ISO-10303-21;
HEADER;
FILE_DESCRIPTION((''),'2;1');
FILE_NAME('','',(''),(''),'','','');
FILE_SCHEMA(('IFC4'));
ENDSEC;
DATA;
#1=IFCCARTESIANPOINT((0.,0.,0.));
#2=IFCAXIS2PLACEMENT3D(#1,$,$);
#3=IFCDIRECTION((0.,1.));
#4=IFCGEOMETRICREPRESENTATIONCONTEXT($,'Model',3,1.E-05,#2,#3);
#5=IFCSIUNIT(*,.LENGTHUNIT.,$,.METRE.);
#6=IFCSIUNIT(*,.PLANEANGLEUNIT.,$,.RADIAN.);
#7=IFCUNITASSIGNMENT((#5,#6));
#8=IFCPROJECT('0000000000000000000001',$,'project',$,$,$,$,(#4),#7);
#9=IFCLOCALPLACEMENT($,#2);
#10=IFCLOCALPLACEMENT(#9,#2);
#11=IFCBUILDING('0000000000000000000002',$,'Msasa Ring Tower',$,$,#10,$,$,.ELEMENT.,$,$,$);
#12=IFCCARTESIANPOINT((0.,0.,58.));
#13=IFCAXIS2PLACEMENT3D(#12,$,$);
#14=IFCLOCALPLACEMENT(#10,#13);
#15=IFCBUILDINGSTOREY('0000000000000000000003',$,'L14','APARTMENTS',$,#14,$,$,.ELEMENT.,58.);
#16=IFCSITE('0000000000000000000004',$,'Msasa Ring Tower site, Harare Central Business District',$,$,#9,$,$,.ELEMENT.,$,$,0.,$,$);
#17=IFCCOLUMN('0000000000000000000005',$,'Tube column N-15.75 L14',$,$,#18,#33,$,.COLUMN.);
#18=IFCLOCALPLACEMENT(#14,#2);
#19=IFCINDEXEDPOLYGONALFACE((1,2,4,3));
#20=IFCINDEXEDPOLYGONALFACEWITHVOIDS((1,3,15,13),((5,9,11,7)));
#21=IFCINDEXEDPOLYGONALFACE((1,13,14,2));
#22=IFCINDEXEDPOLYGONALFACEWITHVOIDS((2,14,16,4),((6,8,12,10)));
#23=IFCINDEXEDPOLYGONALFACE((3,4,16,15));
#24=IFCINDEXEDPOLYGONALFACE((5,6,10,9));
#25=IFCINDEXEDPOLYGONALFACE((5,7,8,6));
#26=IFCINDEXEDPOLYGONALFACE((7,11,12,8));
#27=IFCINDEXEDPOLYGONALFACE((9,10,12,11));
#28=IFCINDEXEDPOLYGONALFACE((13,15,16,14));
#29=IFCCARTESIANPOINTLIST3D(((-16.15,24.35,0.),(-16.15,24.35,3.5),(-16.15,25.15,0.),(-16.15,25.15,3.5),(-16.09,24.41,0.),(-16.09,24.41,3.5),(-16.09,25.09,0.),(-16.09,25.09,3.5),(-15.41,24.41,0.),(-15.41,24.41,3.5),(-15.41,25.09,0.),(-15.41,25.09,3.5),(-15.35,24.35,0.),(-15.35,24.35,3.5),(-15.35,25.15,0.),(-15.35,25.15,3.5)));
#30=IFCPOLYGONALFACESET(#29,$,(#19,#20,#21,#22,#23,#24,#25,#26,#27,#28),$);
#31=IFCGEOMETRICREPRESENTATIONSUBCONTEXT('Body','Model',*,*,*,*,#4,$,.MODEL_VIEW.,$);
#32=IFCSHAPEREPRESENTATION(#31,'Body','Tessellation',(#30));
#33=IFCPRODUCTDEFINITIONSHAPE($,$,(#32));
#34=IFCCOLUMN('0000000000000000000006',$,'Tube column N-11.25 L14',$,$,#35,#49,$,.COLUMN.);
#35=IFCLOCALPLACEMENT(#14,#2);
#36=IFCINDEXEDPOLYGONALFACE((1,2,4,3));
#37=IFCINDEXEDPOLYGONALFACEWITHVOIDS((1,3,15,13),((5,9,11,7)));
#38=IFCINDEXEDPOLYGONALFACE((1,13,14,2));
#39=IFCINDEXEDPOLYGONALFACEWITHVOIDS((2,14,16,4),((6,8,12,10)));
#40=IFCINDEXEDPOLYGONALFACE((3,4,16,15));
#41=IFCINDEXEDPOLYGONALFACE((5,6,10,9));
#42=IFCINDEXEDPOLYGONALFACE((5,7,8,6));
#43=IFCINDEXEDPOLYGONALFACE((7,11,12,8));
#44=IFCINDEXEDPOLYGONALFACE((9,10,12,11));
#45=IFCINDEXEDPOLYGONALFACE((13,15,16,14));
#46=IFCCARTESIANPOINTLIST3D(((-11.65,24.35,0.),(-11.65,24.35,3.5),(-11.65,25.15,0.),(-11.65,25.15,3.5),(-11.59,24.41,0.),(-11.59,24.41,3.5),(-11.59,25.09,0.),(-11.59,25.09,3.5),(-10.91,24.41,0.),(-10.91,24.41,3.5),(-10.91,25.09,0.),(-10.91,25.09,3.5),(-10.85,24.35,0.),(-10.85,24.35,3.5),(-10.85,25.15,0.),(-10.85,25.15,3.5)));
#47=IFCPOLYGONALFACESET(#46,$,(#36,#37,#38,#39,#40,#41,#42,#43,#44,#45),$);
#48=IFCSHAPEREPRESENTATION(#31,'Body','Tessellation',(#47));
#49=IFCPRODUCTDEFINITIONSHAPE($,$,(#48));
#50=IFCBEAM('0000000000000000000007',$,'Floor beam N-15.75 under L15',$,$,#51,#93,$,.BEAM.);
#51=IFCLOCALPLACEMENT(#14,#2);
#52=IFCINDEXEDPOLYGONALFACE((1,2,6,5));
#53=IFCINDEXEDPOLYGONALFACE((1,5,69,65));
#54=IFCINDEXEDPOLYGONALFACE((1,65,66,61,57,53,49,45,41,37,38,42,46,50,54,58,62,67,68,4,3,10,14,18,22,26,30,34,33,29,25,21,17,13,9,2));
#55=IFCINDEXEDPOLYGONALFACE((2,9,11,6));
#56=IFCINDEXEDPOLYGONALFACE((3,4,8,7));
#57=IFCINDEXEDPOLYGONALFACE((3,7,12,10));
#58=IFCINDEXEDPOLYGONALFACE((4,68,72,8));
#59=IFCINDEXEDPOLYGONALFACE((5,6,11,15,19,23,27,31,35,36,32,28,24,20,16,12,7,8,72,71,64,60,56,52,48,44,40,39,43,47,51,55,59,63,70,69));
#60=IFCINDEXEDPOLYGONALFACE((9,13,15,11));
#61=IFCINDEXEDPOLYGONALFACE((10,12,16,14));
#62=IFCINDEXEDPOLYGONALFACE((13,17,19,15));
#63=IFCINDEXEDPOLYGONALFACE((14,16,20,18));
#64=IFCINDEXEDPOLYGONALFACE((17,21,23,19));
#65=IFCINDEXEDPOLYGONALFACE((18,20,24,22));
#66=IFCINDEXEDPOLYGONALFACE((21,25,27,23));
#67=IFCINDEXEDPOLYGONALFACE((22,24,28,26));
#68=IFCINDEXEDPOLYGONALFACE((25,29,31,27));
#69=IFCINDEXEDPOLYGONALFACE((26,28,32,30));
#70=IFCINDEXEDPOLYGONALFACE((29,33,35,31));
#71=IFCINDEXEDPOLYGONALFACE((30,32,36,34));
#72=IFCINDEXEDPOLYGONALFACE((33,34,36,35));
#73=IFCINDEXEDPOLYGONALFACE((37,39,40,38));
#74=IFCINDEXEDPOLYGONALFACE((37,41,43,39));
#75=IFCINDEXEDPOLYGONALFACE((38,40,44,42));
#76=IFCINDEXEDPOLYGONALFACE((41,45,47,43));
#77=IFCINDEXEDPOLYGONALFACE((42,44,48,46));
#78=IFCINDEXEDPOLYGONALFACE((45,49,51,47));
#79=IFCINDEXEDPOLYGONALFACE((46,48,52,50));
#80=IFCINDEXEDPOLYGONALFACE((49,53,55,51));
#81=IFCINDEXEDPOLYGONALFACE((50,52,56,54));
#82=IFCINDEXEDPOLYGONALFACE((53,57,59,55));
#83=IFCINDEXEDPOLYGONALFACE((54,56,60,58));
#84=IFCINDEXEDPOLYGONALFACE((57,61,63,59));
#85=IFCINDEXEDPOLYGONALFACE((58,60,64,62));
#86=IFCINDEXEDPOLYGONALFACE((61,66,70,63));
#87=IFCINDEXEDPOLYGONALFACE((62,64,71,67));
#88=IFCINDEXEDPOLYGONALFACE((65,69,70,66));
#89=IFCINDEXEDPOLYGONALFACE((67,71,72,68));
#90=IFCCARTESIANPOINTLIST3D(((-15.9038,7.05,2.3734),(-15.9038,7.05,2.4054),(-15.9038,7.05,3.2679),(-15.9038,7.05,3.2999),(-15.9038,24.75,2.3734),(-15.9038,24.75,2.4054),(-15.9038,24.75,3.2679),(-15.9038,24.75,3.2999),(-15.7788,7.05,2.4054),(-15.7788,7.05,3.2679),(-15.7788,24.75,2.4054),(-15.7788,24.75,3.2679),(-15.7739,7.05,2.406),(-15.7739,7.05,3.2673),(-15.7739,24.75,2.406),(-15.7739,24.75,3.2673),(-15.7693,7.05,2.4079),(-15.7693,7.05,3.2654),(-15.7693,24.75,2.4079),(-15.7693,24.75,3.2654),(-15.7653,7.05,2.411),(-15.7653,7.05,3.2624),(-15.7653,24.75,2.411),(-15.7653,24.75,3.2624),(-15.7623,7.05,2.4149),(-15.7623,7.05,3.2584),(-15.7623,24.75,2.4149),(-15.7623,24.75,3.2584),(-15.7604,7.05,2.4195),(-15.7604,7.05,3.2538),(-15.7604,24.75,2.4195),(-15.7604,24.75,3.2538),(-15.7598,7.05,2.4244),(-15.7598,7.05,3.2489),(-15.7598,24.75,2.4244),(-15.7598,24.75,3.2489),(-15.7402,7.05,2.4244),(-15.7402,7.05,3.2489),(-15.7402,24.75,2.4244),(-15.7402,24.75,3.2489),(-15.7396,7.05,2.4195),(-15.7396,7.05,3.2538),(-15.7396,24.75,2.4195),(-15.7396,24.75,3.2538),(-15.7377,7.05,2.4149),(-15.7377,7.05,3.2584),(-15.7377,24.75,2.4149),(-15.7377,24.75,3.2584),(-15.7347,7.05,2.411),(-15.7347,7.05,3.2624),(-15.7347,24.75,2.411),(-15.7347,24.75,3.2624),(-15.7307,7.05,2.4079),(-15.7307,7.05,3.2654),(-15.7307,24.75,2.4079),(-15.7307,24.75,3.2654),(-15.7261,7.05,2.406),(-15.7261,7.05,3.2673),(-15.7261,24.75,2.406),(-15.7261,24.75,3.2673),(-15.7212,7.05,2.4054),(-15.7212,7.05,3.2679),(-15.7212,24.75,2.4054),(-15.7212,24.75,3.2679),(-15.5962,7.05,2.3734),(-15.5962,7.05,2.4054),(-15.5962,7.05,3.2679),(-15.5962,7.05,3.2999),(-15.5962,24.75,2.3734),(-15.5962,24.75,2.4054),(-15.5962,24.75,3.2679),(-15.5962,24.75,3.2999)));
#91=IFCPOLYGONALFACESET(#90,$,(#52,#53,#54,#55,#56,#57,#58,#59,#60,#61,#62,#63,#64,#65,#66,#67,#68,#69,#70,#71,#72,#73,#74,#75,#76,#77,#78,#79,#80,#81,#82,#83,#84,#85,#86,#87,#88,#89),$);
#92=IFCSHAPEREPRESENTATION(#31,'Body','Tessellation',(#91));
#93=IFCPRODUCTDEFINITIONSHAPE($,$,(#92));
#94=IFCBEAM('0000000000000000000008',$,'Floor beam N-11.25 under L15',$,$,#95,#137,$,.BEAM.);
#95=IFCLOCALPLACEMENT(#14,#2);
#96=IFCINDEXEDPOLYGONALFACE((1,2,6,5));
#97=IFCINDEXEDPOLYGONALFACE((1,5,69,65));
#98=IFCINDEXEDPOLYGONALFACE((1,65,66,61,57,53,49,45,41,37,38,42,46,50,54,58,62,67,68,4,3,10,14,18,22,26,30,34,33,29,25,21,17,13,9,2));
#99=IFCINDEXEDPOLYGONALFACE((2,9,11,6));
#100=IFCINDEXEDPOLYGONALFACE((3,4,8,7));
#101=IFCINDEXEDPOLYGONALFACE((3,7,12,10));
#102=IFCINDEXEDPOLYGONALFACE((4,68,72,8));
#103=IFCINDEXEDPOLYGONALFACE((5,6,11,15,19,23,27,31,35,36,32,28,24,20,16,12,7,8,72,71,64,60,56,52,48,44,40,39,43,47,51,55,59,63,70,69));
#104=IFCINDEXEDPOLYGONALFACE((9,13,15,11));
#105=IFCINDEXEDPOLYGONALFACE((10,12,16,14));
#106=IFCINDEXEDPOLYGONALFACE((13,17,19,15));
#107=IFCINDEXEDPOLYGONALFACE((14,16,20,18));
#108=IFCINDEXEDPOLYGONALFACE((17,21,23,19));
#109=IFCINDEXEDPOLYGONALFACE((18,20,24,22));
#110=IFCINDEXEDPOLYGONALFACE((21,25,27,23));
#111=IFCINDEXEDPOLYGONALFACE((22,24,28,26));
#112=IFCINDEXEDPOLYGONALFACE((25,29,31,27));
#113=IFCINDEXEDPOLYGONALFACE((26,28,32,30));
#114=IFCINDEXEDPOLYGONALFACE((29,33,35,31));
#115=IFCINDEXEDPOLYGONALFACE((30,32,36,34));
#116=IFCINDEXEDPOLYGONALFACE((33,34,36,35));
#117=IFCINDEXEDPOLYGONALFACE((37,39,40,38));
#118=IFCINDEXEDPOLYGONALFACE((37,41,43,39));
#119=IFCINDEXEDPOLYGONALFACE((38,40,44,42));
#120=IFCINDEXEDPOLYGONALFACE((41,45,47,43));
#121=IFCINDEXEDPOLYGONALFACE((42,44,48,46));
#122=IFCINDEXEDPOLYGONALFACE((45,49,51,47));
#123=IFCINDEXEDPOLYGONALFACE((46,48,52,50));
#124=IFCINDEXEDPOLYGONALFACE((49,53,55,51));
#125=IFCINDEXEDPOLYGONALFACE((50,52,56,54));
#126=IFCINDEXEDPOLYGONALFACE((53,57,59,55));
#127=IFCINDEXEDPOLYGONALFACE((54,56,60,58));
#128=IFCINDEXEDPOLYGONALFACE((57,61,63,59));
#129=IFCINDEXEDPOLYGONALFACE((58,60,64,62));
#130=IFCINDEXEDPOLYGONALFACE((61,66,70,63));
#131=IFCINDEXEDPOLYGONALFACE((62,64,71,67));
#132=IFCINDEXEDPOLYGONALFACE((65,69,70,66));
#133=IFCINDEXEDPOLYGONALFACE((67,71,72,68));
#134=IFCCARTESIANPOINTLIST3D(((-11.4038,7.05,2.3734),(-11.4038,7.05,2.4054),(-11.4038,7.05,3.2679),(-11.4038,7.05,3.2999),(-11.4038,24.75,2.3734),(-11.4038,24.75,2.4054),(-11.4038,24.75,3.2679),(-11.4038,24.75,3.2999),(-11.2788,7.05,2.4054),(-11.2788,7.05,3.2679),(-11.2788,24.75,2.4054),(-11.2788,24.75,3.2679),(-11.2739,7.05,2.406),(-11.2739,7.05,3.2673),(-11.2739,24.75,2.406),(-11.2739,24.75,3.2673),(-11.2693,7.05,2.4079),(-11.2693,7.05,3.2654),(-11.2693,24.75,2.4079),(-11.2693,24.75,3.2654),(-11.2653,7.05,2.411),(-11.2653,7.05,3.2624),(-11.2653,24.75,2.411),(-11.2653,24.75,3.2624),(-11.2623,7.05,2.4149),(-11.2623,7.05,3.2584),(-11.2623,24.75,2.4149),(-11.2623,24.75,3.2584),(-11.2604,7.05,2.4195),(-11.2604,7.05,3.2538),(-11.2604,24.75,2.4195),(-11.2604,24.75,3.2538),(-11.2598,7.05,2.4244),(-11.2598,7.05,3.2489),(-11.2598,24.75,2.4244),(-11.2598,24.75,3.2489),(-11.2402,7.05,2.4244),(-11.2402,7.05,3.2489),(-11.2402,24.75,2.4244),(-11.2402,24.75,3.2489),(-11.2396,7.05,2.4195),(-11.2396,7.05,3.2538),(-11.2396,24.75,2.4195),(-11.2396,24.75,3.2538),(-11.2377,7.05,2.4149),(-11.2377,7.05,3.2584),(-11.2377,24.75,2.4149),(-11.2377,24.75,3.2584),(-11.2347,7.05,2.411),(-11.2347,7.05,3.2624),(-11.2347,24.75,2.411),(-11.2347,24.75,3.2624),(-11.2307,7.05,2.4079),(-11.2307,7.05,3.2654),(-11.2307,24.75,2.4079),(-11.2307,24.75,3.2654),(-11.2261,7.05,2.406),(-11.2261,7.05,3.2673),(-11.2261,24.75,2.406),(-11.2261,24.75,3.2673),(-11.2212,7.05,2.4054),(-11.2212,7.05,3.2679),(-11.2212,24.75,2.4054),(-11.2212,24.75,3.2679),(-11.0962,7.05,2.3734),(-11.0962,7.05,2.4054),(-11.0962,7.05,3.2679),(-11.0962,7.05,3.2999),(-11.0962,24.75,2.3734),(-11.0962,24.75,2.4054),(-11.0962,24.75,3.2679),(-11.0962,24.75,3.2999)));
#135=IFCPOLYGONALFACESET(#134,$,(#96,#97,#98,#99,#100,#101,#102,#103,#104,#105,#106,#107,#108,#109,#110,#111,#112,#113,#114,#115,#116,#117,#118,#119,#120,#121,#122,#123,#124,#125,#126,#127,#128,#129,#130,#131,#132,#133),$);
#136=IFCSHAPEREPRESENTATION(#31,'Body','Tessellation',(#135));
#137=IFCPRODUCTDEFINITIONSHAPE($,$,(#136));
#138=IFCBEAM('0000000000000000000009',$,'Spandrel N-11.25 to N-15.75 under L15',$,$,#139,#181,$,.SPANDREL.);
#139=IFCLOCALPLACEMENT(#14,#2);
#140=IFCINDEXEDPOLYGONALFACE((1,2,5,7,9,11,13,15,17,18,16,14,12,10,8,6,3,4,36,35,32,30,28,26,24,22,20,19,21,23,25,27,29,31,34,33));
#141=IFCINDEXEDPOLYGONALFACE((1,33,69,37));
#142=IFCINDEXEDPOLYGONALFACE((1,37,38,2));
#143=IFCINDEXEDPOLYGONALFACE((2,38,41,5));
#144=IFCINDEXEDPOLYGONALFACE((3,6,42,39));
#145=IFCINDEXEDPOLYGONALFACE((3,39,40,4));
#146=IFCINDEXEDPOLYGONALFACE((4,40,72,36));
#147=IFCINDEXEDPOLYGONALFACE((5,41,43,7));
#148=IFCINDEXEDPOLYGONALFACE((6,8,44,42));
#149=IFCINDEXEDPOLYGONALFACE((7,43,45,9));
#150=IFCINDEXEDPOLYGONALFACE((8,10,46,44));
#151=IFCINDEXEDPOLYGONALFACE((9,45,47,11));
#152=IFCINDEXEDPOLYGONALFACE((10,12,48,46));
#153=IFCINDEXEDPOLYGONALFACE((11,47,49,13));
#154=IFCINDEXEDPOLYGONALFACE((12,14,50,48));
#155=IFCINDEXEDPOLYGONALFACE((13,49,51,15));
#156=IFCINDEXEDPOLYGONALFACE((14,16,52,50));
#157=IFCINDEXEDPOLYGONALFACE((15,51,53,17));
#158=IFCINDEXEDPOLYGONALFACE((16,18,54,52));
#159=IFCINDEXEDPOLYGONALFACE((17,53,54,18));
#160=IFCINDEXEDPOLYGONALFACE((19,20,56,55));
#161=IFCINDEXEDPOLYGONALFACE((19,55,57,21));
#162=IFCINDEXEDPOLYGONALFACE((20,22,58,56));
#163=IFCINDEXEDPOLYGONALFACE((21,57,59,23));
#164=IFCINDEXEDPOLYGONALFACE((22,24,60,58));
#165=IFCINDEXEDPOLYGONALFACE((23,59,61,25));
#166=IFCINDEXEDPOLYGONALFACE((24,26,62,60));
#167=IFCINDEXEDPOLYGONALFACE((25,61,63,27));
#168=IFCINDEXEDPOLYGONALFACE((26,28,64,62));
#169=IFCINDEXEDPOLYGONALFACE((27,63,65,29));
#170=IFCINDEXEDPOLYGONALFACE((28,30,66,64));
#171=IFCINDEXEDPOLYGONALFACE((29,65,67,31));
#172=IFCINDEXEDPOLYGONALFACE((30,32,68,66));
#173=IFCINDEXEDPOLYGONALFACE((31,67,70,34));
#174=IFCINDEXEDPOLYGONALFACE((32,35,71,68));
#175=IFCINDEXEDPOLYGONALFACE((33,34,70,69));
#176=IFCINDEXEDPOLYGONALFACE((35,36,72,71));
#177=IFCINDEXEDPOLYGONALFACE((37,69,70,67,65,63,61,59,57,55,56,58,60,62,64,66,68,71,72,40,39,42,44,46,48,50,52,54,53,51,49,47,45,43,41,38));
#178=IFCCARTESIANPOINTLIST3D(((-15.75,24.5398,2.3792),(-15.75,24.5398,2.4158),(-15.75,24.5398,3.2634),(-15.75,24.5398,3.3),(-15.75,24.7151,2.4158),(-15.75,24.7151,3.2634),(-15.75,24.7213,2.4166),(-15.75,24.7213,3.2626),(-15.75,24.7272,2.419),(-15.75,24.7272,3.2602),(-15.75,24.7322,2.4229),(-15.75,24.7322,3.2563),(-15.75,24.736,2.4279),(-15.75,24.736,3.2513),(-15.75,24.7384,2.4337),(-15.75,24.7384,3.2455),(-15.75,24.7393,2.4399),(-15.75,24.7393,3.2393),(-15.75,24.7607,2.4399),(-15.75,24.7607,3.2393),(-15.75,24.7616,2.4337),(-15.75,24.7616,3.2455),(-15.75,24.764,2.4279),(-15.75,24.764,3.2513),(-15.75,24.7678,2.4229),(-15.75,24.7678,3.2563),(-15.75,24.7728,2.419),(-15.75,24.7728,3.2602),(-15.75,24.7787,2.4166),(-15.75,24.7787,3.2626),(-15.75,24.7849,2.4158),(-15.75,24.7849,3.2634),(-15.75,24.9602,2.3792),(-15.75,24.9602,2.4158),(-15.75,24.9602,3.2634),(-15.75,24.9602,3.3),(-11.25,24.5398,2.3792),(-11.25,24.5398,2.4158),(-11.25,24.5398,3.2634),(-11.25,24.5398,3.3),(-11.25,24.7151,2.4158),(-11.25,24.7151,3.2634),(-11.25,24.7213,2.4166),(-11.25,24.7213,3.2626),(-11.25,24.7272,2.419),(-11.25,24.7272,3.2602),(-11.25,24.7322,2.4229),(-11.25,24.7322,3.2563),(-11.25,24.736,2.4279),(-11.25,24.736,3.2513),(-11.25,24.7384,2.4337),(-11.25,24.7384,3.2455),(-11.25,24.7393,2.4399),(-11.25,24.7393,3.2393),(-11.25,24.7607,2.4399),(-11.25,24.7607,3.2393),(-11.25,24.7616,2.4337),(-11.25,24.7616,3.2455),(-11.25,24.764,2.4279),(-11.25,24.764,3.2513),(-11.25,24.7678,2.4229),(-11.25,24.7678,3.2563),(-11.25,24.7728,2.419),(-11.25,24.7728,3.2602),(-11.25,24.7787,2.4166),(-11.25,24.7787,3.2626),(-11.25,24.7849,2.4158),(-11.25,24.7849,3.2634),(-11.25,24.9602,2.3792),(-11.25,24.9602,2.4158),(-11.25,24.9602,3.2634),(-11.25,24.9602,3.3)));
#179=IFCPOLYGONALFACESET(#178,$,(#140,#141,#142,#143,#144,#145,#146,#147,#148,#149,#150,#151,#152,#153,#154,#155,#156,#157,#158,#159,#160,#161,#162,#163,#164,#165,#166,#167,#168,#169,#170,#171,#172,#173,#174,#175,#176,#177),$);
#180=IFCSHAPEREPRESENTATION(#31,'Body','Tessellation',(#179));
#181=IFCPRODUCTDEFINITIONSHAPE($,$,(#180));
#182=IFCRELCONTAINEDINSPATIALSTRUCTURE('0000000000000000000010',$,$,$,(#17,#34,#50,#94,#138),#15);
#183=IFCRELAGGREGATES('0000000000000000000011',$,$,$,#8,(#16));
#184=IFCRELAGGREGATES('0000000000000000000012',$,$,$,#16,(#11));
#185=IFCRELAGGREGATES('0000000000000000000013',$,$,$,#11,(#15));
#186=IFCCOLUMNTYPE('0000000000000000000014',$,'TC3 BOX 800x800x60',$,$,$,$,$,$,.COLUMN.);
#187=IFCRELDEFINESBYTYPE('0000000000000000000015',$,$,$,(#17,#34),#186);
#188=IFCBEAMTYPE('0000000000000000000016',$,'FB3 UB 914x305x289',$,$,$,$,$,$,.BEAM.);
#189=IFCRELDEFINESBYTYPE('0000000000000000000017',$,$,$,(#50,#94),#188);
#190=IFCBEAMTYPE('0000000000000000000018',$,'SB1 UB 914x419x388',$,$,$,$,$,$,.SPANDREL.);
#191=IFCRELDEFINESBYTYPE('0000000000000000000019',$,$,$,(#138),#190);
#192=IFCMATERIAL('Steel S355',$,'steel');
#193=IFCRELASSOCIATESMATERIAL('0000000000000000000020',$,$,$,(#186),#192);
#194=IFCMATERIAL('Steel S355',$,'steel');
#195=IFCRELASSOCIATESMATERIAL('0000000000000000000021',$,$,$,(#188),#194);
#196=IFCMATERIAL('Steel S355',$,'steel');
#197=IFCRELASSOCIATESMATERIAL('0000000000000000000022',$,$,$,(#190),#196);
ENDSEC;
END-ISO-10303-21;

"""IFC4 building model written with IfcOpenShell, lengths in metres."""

from ifc_helpers import new_model, si_unit, direction, frame, origin, origin_2d, place, context, subcontext, project, spatial, hollow_rectangle, i_section, extrude, material, material_profile, profile_set, type_object, element, save


model = new_model("IFC4")

# Units and contexts
model_context = context("Model", 3, precision=1e-05, world=origin(), true_north=direction((0.0, 1.0)))
body_context = subcontext(model_context, "Body", "Model", "MODEL_VIEW")
ifc_project = project(units=[si_unit("LENGTHUNIT", "METRE"), si_unit("PLANEANGLEUNIT", "RADIAN")], contexts=[model_context])

# Site, building, storey
site_placement = place(None, origin())
site = spatial("IfcSite", under=ifc_project, at=site_placement, Name="Msasa Ring Tower site, Harare Central Business District", CompositionType="ELEMENT", RefElevation=0.0)
building_placement = place(site_placement, origin())
building = spatial("IfcBuilding", under=site, at=building_placement, Name="Msasa Ring Tower", CompositionType="ELEMENT")
storey_placement = place(building_placement, frame((0.0, 0.0, 58.0)))
storey = spatial("IfcBuildingStorey", under=building, at=storey_placement, Name="L14", Description="APARTMENTS", CompositionType="ELEMENT", Elevation=58.0)

# Columns
ifc_material_1 = material(Name="Steel S355", Category="steel")
ifc_material_profile_1 = material_profile(ifc_material_1, hollow_rectangle(XDim=0.8, YDim=0.8, WallThickness=0.0601, at=origin_2d()), Name="BOX 800x800x60")
ifc_profile_set_1 = profile_set([ifc_material_profile_1], Name="Steel S355")
column_type = type_object("IfcColumnType", Name="TC3 BOX 800x800x60", PredefinedType="COLUMN", material=ifc_profile_set_1)
for number, where, z_axis, x_axis, name in (
    (1, (-15.75, 24.75, 0.0), (0.0, 0.0, 1.0), (0.0, 1.0, 0.0), "Tube column N-15.75 L14"),
    (2, (-11.25, 24.75, 0.0), (0.0, 0.0, 1.0), (0.0, 1.0, 0.0), "Tube column N-11.25 L14"),
):
    element("IfcColumn", number, at=place(storey_placement, frame(where, z_axis=z_axis, x_axis=x_axis)), inside=storey, type_object=column_type, Name=name, PredefinedType="COLUMN", context=body_context, shape_type="SweptSolid", body=[
        extrude(hollow_rectangle(XDim=0.8, YDim=0.8, WallThickness=0.0601, at=origin_2d()), origin(), (0.0, 0.0, 1.0), 3.5),
    ])

# Beams
ifc_material_2 = material(Name="Steel S355", Category="steel")
ifc_material_profile_2 = material_profile(ifc_material_2, i_section(OverallWidth=0.3076, OverallDepth=0.9265, WebThickness=0.0195, FlangeThickness=0.032, FilletRadius=0.019, at=origin_2d()), Name="UB 914x305x289")
ifc_profile_set_2 = profile_set([ifc_material_profile_2], Name="Steel S355")
beam_type_1 = type_object("IfcBeamType", Name="FB3 UB 914x305x289", PredefinedType="BEAM", material=ifc_profile_set_2)
for number, where, z_axis, x_axis, name in (
    (3, (-15.75, 24.75, 2.8367), (0.0, -1.0, 0.0), (1.0, 0.0, 0.0), "Floor beam N-15.75 under L15"),
    (4, (-11.25, 24.75, 2.8367), (0.0, -1.0, 0.0), (1.0, 0.0, 0.0), "Floor beam N-11.25 under L15"),
):
    element("IfcBeam", number, at=place(storey_placement, frame(where, z_axis=z_axis, x_axis=x_axis)), inside=storey, type_object=beam_type_1, Name=name, PredefinedType="BEAM", context=body_context, shape_type="SweptSolid", body=[
        extrude(i_section(OverallWidth=0.3076, OverallDepth=0.9265, WebThickness=0.0195, FlangeThickness=0.032, FilletRadius=0.019, at=origin_2d()), origin(), (0.0, 0.0, 1.0), 17.7),
    ])
ifc_material_3 = material(Name="Steel S355", Category="steel")
ifc_material_profile_3 = material_profile(ifc_material_3, i_section(OverallWidth=0.4204, OverallDepth=0.9209, WebThickness=0.0215, FlangeThickness=0.0366, FilletRadius=0.0242, at=origin_2d()), Name="UB 914x419x388")
ifc_profile_set_3 = profile_set([ifc_material_profile_3], Name="Steel S355")
beam_type_2 = type_object("IfcBeamType", Name="SB1 UB 914x419x388", PredefinedType="SPANDREL", material=ifc_profile_set_3)
for number, where, z_axis, x_axis, name in (
    (5, (-11.25, 24.75, 2.8396), (-1.0, 0.0, 0.0), (0.0, -1.0, 0.0), "Spandrel N-11.25 to N-15.75 under L15"),
):
    element("IfcBeam", number, at=place(storey_placement, frame(where, z_axis=z_axis, x_axis=x_axis)), inside=storey, type_object=beam_type_2, Name=name, PredefinedType="SPANDREL", context=body_context, shape_type="SweptSolid", body=[
        extrude(i_section(OverallWidth=0.4204, OverallDepth=0.9209, WebThickness=0.0215, FlangeThickness=0.0366, FilletRadius=0.0242, at=origin_2d()), origin(), (0.0, 0.0, 1.0), 4.5),
    ])

save(model, "model.ifc")
